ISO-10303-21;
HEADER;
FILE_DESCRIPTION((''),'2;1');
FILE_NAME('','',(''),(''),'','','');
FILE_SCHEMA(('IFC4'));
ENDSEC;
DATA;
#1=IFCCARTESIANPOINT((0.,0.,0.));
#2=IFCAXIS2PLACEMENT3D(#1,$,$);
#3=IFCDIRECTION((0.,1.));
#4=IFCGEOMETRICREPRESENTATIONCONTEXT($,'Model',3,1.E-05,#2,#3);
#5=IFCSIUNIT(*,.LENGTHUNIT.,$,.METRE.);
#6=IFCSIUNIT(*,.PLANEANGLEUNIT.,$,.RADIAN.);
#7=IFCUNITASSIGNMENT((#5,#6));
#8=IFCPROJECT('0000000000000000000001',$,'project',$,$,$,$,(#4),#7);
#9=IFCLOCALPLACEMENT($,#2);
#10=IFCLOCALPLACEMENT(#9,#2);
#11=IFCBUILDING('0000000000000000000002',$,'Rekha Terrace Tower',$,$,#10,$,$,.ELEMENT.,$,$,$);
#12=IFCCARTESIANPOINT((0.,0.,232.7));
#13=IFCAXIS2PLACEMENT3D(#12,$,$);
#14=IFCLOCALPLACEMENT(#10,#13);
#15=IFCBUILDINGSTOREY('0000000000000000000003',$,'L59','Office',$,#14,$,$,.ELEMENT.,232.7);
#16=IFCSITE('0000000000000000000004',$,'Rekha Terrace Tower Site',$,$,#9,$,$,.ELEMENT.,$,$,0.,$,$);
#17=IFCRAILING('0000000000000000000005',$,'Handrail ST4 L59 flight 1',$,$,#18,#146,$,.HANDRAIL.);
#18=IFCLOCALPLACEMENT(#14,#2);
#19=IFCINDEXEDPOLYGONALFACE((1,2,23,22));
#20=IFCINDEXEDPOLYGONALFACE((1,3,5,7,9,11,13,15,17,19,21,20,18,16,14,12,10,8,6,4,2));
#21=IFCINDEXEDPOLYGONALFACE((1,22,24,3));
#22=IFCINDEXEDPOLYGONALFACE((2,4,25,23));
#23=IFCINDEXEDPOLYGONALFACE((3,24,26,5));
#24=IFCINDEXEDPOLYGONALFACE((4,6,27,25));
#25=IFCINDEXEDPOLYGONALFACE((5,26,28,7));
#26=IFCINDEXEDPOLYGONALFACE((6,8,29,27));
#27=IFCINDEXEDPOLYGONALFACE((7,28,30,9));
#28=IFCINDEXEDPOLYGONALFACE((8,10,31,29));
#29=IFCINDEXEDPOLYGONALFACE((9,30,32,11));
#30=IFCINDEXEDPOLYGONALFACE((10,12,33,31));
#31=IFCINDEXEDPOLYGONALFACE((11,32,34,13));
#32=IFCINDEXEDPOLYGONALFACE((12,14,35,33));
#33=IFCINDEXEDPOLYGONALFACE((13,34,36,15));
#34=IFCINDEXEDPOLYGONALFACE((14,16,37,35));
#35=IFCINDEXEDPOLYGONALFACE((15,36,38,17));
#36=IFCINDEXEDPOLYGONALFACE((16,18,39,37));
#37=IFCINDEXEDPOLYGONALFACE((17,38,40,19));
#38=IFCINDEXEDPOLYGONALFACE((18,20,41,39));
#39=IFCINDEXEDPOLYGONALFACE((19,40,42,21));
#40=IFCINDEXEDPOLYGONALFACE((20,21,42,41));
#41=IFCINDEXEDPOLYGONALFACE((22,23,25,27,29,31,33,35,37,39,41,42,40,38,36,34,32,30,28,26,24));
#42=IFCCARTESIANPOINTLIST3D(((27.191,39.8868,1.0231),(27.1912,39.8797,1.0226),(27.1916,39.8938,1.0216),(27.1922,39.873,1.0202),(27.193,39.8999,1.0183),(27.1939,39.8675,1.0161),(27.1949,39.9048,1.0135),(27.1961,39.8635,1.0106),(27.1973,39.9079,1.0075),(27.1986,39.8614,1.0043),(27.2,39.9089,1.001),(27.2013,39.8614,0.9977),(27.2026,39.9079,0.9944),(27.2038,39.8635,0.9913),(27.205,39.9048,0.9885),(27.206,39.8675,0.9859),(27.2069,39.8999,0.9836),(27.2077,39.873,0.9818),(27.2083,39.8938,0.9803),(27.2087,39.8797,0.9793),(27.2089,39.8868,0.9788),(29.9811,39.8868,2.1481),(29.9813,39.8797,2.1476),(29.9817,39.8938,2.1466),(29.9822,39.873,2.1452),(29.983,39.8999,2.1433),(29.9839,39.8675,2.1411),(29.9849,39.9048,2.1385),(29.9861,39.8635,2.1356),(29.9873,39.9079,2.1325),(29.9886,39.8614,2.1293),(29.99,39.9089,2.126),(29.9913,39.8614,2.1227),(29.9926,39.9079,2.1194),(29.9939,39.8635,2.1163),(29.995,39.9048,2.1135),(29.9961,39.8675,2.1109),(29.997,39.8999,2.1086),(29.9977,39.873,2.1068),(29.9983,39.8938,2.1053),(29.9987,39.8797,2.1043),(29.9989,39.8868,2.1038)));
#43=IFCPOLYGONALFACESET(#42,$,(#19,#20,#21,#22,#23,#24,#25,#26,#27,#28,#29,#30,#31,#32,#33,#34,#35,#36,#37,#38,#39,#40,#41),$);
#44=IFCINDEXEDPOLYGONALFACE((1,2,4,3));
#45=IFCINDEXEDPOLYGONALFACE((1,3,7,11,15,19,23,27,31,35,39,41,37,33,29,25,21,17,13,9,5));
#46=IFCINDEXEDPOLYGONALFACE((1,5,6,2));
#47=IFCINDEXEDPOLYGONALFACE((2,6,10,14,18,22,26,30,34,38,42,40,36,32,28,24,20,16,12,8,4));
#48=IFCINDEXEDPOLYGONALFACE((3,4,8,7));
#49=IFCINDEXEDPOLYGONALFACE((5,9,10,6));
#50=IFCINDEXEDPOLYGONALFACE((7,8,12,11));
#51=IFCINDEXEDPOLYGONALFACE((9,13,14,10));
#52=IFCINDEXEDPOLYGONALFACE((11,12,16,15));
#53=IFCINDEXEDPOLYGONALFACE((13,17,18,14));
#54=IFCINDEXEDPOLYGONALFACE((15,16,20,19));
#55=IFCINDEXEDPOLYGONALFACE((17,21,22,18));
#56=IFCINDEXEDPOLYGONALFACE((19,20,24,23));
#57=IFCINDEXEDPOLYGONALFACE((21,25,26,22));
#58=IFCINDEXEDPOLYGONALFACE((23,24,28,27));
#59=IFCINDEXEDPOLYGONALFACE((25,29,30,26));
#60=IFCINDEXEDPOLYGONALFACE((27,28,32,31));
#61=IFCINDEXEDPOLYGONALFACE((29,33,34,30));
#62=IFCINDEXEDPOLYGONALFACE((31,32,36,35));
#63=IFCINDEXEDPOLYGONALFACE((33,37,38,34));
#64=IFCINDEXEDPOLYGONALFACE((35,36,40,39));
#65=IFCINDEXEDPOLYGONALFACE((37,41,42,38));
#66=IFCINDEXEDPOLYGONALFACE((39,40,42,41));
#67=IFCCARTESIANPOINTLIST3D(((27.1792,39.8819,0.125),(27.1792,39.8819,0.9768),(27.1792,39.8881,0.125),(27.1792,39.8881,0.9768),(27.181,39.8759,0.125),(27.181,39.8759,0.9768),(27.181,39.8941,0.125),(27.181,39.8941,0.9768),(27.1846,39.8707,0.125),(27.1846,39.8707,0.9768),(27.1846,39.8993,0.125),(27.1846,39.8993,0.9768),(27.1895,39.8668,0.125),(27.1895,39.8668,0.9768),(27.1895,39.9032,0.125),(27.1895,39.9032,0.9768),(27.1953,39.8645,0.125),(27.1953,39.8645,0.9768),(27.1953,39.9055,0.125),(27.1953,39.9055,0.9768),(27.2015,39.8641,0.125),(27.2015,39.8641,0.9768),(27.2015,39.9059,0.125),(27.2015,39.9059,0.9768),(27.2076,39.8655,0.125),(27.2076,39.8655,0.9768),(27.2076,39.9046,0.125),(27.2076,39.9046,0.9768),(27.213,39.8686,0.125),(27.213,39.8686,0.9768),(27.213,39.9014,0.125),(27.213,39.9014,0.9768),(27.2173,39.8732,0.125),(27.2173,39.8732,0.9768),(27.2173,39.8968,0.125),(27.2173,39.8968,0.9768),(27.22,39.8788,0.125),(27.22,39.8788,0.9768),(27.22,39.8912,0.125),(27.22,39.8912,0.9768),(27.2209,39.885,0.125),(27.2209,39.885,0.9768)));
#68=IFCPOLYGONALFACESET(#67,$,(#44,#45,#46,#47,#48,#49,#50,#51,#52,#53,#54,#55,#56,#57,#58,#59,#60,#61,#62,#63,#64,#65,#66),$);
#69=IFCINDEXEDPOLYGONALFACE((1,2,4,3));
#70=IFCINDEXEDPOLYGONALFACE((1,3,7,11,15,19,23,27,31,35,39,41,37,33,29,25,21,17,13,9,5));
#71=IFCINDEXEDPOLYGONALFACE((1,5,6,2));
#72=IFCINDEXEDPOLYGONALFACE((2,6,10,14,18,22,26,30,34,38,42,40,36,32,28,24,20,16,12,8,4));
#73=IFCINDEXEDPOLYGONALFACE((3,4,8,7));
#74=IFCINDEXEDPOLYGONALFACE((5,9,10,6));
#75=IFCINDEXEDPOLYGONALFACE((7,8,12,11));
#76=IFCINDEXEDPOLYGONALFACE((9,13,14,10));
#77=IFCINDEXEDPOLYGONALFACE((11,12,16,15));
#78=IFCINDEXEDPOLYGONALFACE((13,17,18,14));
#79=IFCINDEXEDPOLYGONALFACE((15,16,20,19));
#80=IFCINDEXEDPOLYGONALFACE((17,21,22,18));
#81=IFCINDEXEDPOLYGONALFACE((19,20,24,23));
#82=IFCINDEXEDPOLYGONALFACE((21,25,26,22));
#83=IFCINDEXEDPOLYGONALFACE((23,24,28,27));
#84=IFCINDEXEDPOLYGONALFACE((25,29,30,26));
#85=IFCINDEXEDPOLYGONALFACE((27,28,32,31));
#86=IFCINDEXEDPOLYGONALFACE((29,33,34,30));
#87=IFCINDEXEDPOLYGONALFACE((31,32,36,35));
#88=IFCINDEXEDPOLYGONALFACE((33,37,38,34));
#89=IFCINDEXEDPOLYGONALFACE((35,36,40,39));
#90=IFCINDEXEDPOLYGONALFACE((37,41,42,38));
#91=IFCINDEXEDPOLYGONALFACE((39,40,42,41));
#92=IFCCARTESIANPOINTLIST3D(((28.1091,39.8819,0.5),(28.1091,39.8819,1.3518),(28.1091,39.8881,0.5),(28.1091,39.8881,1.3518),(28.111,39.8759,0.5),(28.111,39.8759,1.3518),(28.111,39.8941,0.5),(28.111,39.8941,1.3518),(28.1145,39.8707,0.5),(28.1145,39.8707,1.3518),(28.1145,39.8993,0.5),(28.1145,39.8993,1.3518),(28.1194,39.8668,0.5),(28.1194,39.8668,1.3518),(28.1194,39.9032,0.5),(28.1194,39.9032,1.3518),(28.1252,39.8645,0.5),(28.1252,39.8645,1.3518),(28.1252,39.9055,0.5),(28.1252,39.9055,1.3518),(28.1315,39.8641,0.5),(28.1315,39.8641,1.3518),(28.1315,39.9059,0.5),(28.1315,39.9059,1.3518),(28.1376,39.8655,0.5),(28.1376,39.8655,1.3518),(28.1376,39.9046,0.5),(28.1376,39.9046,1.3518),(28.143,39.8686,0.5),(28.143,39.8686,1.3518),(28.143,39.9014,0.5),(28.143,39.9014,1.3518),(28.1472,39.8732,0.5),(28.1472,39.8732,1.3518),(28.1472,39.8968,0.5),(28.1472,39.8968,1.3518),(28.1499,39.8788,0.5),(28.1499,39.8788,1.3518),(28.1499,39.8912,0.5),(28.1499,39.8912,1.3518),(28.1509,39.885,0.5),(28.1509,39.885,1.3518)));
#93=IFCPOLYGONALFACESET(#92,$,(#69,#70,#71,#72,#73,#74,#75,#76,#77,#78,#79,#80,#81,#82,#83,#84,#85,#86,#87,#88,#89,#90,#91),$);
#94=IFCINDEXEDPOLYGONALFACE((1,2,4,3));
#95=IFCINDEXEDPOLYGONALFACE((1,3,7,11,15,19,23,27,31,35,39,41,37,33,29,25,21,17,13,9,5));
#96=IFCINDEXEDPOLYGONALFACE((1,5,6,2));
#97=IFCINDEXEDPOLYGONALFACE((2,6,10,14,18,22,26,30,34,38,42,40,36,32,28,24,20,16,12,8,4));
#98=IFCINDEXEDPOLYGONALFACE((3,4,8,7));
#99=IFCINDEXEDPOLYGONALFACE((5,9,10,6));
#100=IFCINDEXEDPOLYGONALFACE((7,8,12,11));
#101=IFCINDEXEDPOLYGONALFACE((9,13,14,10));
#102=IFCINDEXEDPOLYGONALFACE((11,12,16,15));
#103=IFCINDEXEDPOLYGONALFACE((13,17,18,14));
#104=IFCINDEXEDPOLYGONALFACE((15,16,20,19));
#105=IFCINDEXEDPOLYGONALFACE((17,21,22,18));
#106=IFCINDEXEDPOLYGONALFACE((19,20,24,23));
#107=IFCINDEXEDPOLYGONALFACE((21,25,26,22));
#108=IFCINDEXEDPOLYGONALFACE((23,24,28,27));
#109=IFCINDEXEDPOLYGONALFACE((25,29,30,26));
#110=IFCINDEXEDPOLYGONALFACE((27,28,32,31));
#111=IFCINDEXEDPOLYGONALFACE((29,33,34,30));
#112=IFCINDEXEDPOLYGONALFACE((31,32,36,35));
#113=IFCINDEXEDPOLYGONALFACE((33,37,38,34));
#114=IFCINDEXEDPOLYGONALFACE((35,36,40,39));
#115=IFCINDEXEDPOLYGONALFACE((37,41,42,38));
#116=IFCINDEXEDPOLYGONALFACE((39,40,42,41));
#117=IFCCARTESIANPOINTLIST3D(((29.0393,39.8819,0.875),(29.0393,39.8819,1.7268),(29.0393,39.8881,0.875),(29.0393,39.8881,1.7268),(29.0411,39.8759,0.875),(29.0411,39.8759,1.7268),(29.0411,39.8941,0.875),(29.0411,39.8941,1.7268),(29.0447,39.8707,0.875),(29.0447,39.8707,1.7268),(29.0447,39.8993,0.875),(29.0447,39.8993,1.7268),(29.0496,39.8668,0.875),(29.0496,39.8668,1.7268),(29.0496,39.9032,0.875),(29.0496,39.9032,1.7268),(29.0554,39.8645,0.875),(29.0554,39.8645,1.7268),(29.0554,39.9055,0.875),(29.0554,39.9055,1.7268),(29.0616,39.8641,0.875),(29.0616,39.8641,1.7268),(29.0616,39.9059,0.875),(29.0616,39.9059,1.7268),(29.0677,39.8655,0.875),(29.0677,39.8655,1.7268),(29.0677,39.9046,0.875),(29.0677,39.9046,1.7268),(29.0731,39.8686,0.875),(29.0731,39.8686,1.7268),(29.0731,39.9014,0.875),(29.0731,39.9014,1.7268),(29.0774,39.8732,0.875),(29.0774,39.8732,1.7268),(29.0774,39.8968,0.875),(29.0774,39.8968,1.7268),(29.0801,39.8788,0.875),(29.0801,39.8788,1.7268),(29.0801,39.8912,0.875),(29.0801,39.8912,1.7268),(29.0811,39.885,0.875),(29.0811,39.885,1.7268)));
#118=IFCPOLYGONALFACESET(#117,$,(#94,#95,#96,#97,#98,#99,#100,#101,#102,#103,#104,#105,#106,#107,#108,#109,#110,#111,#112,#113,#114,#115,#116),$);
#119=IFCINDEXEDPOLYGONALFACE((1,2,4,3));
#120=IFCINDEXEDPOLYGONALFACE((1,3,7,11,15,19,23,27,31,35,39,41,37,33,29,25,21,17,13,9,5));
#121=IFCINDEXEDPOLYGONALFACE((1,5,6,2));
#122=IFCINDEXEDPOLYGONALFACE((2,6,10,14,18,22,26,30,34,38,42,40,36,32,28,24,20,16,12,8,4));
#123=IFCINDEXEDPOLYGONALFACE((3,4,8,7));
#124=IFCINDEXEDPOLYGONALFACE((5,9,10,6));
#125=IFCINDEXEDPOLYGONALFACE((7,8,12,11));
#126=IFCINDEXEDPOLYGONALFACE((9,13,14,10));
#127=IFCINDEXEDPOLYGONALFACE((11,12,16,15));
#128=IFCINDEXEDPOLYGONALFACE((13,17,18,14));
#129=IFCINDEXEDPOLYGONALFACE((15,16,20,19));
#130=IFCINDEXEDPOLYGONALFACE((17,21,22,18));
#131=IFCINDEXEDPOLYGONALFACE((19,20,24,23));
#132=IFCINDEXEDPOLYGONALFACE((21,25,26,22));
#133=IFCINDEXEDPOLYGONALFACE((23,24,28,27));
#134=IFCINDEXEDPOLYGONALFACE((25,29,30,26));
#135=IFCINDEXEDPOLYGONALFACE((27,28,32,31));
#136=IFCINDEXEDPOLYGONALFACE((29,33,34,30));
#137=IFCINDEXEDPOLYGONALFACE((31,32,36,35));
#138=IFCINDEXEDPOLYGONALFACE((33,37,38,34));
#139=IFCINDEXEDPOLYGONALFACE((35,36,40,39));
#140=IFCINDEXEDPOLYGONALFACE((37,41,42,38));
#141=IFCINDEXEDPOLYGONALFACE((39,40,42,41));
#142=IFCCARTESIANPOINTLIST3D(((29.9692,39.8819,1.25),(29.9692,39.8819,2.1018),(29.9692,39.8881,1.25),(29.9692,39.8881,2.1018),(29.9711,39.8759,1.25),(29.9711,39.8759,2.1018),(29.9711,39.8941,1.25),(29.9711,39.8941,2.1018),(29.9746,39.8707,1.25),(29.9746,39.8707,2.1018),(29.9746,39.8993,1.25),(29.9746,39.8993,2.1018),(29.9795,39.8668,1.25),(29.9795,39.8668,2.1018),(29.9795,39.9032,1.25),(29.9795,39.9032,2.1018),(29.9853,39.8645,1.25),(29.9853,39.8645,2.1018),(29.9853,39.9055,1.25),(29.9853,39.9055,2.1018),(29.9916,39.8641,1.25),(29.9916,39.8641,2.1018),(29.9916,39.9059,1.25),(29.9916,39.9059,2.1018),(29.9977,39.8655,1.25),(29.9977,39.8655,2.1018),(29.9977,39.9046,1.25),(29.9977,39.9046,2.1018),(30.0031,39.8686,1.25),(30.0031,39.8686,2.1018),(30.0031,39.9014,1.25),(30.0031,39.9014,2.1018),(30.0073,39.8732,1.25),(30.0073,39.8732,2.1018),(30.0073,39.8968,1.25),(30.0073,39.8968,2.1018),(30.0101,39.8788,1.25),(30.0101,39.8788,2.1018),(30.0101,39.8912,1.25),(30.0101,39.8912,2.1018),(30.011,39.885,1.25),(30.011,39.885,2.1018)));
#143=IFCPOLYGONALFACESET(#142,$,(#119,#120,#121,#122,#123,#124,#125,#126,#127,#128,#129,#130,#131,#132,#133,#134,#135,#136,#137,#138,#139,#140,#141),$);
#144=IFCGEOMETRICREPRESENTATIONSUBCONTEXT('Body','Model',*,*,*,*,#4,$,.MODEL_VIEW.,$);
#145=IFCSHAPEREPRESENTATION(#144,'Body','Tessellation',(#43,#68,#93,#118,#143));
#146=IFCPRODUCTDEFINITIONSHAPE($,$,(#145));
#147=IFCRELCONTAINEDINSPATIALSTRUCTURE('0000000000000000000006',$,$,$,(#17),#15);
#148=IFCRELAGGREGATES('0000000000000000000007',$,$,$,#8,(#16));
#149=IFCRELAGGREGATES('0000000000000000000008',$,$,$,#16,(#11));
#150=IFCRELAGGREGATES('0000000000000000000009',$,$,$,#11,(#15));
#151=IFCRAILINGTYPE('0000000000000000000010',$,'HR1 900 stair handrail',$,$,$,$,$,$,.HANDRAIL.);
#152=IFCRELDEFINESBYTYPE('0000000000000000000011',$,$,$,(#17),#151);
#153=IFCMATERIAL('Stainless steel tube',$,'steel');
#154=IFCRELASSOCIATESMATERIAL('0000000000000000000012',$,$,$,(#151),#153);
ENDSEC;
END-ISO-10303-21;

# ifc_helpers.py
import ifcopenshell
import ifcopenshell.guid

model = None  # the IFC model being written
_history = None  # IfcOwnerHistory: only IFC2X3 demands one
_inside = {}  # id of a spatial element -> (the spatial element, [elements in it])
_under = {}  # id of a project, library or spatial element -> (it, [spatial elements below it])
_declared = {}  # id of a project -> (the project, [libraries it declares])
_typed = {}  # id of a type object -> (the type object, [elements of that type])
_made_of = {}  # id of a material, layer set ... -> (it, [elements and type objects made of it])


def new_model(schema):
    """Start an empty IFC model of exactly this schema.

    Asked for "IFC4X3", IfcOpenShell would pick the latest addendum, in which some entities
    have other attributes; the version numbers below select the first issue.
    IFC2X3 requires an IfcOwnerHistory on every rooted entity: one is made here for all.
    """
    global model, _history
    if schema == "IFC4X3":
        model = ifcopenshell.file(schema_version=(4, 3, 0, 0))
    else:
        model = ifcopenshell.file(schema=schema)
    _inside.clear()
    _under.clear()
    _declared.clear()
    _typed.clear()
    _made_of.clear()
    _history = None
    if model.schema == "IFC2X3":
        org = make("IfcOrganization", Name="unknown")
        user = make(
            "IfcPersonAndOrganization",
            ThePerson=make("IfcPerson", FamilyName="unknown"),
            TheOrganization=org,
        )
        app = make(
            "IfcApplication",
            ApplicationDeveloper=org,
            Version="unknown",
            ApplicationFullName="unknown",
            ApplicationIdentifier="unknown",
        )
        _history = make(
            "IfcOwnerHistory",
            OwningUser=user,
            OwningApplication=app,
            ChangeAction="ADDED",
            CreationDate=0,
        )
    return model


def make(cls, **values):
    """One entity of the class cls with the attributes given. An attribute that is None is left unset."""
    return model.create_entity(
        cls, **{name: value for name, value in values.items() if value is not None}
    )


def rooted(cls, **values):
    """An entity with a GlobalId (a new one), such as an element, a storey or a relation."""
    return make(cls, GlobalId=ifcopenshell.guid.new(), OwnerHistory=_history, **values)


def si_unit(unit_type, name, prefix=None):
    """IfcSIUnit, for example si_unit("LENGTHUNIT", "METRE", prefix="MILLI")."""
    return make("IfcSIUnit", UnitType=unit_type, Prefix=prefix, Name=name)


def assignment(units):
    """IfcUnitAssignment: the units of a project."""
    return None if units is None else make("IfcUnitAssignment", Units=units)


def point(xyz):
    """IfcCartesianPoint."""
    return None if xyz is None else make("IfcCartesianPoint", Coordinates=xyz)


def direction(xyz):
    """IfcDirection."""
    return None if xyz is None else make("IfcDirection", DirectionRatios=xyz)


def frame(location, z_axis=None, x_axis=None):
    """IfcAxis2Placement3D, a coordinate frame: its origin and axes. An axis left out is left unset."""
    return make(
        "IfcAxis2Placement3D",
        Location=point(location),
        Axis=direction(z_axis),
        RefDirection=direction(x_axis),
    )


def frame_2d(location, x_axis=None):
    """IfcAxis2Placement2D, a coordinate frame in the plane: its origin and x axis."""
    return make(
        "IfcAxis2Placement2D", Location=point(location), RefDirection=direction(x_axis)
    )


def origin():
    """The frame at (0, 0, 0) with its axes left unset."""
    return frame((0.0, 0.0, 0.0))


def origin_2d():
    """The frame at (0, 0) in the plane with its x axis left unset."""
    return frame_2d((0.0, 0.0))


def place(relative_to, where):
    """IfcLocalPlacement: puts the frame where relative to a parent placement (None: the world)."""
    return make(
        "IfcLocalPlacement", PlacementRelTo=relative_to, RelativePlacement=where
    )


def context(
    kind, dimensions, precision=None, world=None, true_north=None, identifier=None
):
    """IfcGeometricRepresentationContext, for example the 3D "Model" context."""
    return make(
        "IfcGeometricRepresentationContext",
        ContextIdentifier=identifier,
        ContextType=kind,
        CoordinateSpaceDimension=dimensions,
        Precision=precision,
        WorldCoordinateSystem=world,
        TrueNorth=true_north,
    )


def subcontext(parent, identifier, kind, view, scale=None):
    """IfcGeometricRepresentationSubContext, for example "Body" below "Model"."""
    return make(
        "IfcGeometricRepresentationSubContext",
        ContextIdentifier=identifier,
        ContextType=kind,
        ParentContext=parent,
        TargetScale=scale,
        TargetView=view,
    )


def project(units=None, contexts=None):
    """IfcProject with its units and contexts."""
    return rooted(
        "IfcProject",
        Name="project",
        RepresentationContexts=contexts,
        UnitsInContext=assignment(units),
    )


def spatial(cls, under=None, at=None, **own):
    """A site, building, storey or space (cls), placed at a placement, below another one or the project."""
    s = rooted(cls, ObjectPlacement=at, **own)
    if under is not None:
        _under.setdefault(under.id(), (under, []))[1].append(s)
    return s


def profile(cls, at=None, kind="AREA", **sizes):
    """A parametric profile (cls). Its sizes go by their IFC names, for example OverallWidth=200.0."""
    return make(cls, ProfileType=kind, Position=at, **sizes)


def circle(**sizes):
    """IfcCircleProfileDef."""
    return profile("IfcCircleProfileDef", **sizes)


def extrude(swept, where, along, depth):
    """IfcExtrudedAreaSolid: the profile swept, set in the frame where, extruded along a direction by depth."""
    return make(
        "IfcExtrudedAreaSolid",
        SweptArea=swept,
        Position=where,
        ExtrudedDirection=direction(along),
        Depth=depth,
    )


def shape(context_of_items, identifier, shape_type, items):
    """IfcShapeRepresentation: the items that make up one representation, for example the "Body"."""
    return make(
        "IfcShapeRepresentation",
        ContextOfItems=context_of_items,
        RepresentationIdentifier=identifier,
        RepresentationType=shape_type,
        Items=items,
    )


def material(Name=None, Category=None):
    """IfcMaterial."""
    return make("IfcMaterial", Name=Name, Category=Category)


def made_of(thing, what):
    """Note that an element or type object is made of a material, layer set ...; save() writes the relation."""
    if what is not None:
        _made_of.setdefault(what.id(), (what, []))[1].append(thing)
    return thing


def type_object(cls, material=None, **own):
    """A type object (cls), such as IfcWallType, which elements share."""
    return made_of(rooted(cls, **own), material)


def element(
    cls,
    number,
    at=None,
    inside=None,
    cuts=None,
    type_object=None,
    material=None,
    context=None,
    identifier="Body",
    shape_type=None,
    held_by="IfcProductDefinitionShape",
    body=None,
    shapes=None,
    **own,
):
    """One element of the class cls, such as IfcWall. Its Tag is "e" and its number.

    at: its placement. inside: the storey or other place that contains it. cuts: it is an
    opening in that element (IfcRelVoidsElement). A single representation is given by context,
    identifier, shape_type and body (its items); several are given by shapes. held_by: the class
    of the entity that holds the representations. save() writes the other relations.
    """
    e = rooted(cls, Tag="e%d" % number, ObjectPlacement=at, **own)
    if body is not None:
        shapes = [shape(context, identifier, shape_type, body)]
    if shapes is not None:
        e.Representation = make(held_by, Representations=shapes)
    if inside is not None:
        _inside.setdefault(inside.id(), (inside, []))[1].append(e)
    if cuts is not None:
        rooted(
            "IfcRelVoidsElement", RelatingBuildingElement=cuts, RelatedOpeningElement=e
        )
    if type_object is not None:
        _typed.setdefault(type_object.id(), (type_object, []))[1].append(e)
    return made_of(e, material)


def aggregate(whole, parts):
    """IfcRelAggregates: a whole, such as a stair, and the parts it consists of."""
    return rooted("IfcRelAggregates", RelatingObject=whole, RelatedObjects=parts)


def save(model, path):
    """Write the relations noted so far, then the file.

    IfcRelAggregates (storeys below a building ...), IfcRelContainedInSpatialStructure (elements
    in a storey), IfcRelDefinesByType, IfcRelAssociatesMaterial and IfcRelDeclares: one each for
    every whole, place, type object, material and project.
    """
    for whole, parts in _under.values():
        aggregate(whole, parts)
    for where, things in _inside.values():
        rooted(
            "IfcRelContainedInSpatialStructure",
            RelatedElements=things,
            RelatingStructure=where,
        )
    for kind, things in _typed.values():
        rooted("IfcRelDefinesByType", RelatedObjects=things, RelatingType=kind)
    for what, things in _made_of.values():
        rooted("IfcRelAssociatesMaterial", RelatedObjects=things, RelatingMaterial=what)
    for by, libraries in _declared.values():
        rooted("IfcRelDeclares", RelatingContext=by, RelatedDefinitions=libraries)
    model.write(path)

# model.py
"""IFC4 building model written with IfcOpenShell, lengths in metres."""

from ifc_helpers import new_model, si_unit, direction, frame, origin, origin_2d, place, context, subcontext, project, spatial, circle, extrude, material, type_object, element, save


model = new_model("IFC4")

# Units and contexts
model_context = context("Model", 3, precision=1e-05, world=origin(), true_north=direction((0.0, 1.0)))
body_context = subcontext(model_context, "Body", "Model", "MODEL_VIEW")
ifc_project = project(units=[si_unit("LENGTHUNIT", "METRE"), si_unit("PLANEANGLEUNIT", "RADIAN")], contexts=[model_context])

# Site, building, storey
site_placement = place(None, origin())
site = spatial("IfcSite", under=ifc_project, at=site_placement, Name="Rekha Terrace Tower Site", CompositionType="ELEMENT", RefElevation=0.0)
building_placement = place(site_placement, origin())
building = spatial("IfcBuilding", under=site, at=building_placement, Name="Rekha Terrace Tower", CompositionType="ELEMENT")
storey_placement = place(building_placement, frame((0.0, 0.0, 232.7)))
storey = spatial("IfcBuildingStorey", under=building, at=storey_placement, Name="L59", Description="Office", CompositionType="ELEMENT", Elevation=232.7)

# Railing
ifc_material_1 = material(Name="Stainless steel tube", Category="steel")
railing_type_1 = type_object("IfcRailingType", Name="HR1 900 stair handrail", PredefinedType="HANDRAIL", material=ifc_material_1)
railing_1_placement = place(storey_placement, frame((27.2, 39.885, 0.125)))
element("IfcRailing", 1, at=railing_1_placement, inside=storey, type_object=railing_type_1, Name="Handrail ST4 L59 flight 1", PredefinedType="HANDRAIL", context=body_context, shape_type="SweptSolid", body=[
    extrude(circle(Radius=0.0239, at=origin_2d()), frame((0.0, 0.0, 0.876), z_axis=(0.927443, 0.0, 0.373964), x_axis=(0.0, 1.0, 0.0)), (0.0, 0.0, 1.0), 3.0083),
    extrude(circle(Radius=0.021, at=origin_2d()), origin(), (0.0, 0.0, 1.0), 0.8518),
    extrude(circle(Radius=0.021, at=origin_2d()), frame((0.9299, 0.0, 0.375)), (0.0, 0.0, 1.0), 0.8518),
    extrude(circle(Radius=0.021, at=origin_2d()), frame((1.8601, 0.0, 0.75)), (0.0, 0.0, 1.0), 0.8518),
    extrude(circle(Radius=0.021, at=origin_2d()), frame((2.79, 0.0, 1.125)), (0.0, 0.0, 1.0), 0.8518),
])

save(model, "model.ifc")
